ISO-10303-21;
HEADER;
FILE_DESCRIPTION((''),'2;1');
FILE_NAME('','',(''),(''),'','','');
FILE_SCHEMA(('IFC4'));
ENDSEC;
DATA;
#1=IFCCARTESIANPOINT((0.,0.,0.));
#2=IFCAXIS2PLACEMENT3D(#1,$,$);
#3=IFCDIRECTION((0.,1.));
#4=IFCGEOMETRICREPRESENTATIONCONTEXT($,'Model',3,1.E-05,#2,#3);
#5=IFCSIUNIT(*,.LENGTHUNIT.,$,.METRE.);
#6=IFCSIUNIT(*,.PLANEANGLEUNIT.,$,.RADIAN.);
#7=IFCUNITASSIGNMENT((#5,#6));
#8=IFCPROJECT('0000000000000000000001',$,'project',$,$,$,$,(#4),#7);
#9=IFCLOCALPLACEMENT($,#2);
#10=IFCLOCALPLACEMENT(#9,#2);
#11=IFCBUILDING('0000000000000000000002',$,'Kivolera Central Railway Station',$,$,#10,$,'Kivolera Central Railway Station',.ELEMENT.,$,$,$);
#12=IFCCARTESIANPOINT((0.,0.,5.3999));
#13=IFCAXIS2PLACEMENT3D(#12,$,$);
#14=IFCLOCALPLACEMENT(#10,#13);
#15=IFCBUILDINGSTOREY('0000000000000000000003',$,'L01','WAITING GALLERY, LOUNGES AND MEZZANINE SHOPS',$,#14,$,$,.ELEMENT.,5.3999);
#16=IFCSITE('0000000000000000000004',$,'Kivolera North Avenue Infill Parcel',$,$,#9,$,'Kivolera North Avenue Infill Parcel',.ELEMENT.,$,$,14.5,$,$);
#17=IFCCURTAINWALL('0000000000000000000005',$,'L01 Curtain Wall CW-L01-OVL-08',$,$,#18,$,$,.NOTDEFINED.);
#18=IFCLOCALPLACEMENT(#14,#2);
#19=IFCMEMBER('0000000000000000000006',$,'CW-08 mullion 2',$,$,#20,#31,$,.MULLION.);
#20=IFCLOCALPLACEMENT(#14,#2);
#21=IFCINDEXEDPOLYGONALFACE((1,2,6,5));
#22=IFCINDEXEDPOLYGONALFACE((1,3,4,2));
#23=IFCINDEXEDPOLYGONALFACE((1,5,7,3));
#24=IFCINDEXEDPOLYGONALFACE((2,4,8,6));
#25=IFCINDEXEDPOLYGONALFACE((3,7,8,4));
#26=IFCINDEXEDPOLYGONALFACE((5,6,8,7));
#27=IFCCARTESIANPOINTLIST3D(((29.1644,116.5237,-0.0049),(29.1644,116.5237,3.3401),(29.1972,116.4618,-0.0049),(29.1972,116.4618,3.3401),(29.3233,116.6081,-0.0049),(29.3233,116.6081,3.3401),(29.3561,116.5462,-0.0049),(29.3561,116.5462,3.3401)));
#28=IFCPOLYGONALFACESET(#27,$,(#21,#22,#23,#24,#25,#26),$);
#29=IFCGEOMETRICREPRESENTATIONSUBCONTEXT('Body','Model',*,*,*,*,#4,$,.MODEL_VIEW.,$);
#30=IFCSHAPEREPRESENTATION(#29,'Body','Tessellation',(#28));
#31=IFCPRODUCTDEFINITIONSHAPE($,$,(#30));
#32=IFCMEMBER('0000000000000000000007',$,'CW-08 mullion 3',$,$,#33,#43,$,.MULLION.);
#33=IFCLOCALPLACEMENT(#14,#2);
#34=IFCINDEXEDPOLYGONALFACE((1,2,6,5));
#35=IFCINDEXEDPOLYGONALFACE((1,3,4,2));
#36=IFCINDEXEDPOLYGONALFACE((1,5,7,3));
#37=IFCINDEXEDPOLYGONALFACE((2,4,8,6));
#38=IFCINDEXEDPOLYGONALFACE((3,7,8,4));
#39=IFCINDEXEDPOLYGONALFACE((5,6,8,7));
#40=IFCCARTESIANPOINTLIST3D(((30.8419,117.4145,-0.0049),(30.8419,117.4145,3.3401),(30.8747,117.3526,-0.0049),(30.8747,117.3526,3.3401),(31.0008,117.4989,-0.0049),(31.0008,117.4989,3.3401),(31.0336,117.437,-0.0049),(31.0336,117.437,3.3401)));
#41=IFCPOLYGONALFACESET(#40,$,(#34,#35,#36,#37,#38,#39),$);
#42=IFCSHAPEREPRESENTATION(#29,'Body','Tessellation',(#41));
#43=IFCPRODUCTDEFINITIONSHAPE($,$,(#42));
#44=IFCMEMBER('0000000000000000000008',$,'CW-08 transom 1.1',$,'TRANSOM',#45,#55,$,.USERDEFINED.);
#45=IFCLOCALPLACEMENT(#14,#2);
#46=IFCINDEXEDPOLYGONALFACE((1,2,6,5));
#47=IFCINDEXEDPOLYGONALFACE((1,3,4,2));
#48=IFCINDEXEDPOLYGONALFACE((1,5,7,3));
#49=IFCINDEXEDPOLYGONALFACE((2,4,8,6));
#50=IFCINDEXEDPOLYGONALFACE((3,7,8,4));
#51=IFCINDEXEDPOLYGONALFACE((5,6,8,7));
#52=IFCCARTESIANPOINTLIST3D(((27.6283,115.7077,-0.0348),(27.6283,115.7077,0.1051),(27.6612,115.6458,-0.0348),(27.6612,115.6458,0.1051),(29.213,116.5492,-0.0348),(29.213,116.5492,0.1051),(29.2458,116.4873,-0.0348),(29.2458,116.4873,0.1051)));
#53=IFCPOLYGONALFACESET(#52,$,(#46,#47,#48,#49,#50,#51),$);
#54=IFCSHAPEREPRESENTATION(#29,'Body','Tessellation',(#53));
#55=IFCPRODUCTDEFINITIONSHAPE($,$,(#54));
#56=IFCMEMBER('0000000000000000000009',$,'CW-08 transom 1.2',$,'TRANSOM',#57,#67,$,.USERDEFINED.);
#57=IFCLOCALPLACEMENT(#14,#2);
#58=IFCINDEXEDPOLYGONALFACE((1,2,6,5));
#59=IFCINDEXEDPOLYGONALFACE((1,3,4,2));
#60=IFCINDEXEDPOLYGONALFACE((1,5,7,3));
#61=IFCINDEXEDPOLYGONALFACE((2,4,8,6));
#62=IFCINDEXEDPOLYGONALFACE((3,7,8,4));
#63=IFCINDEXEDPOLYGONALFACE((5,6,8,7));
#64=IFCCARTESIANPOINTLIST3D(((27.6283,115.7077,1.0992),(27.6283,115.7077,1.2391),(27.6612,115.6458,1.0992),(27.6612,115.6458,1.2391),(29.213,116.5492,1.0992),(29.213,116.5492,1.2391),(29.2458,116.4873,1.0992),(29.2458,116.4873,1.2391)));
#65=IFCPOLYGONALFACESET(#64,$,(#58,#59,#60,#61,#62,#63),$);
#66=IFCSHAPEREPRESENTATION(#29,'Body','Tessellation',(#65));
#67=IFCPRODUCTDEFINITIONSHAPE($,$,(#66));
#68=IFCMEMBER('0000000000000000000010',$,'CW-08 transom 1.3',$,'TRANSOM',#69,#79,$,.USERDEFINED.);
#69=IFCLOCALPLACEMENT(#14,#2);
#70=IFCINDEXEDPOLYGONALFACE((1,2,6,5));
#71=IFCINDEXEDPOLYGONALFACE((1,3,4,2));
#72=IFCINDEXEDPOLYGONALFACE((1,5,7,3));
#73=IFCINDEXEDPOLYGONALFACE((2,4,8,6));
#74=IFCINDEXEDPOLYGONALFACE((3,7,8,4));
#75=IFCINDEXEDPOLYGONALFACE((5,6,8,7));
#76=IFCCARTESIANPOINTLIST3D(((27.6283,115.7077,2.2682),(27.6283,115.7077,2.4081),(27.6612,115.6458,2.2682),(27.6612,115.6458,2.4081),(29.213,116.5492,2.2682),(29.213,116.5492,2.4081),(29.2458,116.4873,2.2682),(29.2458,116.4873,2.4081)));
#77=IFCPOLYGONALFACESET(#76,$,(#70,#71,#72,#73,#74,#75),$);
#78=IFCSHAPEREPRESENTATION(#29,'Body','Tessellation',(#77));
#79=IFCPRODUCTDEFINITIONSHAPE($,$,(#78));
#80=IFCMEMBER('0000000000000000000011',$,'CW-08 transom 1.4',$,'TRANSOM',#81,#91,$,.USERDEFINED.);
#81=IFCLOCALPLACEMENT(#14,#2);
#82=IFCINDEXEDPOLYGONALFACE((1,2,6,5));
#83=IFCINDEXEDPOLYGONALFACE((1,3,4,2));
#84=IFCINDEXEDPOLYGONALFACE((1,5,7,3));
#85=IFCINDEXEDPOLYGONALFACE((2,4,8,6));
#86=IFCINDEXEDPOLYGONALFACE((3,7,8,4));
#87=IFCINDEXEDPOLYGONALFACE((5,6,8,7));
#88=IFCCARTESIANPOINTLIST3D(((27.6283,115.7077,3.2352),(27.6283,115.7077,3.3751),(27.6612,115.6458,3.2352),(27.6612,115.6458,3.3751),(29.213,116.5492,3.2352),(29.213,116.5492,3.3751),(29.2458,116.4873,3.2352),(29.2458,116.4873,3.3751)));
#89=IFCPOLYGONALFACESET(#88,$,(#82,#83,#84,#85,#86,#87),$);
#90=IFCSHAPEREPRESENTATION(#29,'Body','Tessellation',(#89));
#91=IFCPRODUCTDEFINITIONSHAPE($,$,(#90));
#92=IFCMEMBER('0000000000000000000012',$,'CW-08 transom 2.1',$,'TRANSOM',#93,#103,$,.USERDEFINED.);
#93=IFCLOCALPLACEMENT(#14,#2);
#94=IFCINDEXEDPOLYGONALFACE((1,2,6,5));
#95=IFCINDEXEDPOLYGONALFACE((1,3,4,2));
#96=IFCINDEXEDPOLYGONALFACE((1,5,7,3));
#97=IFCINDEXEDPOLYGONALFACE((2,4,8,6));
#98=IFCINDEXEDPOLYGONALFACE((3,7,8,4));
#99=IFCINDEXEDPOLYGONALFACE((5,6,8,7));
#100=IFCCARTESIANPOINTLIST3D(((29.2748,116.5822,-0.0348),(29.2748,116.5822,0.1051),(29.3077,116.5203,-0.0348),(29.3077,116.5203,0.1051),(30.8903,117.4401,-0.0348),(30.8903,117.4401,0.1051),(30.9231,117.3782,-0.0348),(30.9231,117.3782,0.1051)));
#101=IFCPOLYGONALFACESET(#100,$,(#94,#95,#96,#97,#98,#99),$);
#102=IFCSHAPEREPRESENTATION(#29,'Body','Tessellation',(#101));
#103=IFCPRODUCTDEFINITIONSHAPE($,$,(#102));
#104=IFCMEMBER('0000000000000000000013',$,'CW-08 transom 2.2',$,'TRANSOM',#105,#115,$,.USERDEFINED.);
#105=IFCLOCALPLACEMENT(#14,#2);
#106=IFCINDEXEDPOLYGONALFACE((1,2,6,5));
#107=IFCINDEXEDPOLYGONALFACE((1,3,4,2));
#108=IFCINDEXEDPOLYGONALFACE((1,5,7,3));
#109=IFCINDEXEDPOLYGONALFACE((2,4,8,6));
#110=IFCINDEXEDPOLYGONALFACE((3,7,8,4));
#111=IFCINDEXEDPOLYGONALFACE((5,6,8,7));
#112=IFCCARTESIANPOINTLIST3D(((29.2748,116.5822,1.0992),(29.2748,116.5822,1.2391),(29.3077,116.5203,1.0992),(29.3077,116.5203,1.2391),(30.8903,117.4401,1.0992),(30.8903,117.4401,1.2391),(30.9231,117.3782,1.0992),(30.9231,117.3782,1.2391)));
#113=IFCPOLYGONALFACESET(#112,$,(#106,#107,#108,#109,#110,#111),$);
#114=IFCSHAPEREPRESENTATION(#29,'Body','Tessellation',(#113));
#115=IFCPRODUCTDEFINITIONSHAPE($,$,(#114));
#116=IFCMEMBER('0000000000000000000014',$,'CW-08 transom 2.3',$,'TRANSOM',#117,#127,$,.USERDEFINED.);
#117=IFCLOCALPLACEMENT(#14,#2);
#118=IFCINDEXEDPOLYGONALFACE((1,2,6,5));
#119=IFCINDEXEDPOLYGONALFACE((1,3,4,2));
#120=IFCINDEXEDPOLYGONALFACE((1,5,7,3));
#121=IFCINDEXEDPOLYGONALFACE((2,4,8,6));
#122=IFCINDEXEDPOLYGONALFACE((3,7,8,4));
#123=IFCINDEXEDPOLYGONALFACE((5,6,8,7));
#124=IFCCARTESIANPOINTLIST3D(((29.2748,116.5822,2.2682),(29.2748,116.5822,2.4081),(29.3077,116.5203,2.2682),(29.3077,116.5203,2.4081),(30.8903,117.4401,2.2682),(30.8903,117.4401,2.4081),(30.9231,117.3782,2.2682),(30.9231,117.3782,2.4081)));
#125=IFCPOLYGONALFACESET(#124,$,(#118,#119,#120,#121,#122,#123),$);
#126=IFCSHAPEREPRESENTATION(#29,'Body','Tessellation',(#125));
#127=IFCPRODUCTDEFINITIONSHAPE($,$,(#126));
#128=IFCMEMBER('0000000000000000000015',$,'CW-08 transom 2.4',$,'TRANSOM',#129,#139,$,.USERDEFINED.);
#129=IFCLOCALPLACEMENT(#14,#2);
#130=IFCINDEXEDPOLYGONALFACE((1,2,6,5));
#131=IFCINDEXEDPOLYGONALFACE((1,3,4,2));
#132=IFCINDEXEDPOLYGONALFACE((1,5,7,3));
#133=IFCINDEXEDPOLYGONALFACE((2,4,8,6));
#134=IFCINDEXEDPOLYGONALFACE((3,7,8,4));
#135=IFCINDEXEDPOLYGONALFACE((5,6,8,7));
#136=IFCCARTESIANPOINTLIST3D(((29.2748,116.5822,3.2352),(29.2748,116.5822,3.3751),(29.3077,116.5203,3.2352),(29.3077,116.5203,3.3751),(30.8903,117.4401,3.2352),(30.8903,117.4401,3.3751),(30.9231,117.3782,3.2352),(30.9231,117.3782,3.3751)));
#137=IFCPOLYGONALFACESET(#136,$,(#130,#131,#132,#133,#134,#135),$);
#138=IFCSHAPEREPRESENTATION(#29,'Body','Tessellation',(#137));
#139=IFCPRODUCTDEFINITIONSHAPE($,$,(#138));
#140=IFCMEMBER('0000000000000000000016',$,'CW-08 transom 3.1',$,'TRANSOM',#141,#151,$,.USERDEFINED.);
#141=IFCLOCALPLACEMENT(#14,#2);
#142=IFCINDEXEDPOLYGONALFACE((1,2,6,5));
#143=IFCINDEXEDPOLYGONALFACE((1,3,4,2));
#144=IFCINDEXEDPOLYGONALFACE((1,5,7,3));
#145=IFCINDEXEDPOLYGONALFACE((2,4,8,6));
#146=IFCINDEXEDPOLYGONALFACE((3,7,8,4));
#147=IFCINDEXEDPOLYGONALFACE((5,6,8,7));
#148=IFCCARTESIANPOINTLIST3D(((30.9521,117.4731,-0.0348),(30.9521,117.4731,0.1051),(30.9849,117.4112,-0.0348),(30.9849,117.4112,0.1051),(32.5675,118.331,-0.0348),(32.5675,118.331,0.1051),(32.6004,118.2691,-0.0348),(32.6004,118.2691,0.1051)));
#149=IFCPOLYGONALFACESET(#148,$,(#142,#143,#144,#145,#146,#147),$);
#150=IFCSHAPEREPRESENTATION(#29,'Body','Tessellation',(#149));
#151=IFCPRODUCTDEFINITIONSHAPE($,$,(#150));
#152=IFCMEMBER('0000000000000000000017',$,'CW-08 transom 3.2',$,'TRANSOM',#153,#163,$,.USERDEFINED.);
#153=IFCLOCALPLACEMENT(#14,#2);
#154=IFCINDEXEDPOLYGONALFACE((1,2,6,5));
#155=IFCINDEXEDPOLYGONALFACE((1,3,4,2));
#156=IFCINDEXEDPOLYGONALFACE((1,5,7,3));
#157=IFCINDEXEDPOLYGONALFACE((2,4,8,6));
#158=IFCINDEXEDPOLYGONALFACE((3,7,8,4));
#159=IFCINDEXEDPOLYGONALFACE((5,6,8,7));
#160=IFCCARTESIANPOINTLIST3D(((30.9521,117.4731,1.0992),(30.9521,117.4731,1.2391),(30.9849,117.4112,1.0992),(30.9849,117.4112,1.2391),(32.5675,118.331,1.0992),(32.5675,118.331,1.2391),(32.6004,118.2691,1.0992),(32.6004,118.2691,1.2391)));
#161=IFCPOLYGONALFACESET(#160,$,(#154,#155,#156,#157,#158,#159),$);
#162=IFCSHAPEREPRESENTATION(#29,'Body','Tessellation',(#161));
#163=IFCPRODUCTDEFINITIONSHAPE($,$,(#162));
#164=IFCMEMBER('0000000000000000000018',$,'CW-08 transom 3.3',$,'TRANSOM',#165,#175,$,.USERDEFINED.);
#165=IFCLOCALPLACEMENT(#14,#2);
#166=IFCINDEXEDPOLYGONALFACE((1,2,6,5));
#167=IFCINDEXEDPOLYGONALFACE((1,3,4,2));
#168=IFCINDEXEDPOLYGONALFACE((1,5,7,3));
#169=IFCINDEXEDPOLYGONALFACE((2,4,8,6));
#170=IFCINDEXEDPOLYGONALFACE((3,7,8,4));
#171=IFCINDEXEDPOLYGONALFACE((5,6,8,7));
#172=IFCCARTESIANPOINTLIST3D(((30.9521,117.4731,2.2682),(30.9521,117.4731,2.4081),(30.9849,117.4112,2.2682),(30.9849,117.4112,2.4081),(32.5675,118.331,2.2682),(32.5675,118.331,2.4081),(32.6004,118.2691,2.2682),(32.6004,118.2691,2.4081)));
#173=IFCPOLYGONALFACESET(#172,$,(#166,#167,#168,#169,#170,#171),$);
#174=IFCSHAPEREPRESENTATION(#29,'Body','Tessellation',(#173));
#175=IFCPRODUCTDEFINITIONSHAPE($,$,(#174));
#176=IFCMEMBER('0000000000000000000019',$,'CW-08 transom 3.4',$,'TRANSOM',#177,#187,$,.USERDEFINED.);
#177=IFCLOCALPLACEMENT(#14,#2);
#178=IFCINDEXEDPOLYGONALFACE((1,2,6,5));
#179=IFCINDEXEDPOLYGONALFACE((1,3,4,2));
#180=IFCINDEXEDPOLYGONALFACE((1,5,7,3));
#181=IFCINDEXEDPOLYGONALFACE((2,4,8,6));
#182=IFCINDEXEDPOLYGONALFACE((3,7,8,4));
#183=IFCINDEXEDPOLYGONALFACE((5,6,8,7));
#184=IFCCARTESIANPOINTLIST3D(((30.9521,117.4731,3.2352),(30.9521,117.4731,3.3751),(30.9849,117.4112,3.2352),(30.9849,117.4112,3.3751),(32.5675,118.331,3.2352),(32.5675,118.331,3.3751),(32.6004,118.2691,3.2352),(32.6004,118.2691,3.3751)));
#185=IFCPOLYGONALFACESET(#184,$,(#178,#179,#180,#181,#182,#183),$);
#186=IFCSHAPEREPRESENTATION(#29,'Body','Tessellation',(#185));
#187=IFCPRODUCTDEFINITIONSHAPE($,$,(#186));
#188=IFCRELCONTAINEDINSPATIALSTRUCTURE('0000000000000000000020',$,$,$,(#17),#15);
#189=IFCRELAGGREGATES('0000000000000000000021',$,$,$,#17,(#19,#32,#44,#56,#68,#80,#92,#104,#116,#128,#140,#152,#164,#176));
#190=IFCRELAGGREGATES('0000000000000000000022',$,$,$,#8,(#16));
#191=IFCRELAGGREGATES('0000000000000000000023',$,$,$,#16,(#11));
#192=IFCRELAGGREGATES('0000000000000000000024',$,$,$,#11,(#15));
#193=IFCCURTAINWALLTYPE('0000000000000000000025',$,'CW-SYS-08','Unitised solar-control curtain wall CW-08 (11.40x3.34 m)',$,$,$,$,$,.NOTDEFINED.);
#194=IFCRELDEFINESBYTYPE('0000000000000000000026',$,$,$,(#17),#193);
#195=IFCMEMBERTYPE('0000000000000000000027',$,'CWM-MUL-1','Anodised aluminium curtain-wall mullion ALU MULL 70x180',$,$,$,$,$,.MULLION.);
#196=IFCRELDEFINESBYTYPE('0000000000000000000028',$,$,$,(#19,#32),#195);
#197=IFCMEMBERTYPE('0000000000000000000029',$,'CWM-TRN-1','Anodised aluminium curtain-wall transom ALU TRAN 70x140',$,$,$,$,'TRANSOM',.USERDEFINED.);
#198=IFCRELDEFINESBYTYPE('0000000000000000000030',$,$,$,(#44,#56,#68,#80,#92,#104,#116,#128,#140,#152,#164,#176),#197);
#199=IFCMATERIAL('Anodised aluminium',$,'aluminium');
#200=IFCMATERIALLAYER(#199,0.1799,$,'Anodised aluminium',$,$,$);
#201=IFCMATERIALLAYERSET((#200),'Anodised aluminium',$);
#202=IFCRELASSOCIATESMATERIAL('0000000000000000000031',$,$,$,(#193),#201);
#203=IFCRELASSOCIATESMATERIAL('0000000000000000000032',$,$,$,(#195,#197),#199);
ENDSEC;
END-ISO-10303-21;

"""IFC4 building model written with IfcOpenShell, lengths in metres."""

from ifc_helpers import new_model, si_unit, direction, frame, origin, origin_2d, place, context, subcontext, project, spatial, rectangle, extrude, material, layer, layer_set, material_profile, profile_set, type_object, element, aggregate, save


model = new_model("IFC4")

# Units and contexts
model_context = context("Model", 3, precision=1e-05, world=origin(), true_north=direction((0.0, 1.0)))
body_context = subcontext(model_context, "Body", "Model", "MODEL_VIEW")
ifc_project = project(units=[si_unit("LENGTHUNIT", "METRE"), si_unit("PLANEANGLEUNIT", "RADIAN")], contexts=[model_context])

# Site, building, storey
site_placement = place(None, origin())
site = spatial("IfcSite", under=ifc_project, at=site_placement, Name="Kivolera North Avenue Infill Parcel", LongName="Kivolera North Avenue Infill Parcel", CompositionType="ELEMENT", RefElevation=14.5)
building_placement = place(site_placement, origin())
building = spatial("IfcBuilding", under=site, at=building_placement, Name="Kivolera Central Railway Station", LongName="Kivolera Central Railway Station", CompositionType="ELEMENT")
storey_placement = place(building_placement, frame((0.0, 0.0, 5.3999)))
storey = spatial("IfcBuildingStorey", under=building, at=storey_placement, Name="L01", Description="WAITING GALLERY, LOUNGES AND MEZZANINE SHOPS", CompositionType="ELEMENT", Elevation=5.3999)

# Curtain wall, members
ifc_material_1 = material(Name="Anodised aluminium", Category="aluminium")
ifc_layer_1 = layer(ifc_material_1, 0.1799, Name="Anodised aluminium")
ifc_layer_set_1 = layer_set([ifc_layer_1], Name="Anodised aluminium")
curtain_wall_type = type_object("IfcCurtainWallType", Name="CW-SYS-08", Description="Unitised solar-control curtain wall CW-08 (11.40x3.34 m)", PredefinedType="NOTDEFINED", material=ifc_layer_set_1)
curtain_wall_placement = place(storey_placement, origin())
curtain_wall = element("IfcCurtainWall", 1, at=curtain_wall_placement, inside=storey, type_object=curtain_wall_type, Name="L01 Curtain Wall CW-L01-OVL-08", PredefinedType="NOTDEFINED")
ifc_material_profile_1 = material_profile(ifc_material_1, rectangle(XDim=0.0701, YDim=0.1799, at=origin_2d()), Name="ALU MULL 70x180")
ifc_profile_set_1 = profile_set([ifc_material_profile_1], Name="Anodised aluminium")
member_type_1 = type_object("IfcMemberType", Name="CWM-MUL-1", Description="Anodised aluminium curtain-wall mullion ALU MULL 70x180", PredefinedType="MULLION", material=ifc_profile_set_1)
member_1_placement = place(storey_placement, frame((29.2603, 116.5349, -0.0049), z_axis=(0.0, 0.0, 1.0), x_axis=(-0.469053, 0.88317, 0.0)))
member_1 = element("IfcMember", 2, at=member_1_placement, type_object=member_type_1, Name="CW-08 mullion 2", PredefinedType="MULLION", context=body_context, shape_type="SweptSolid", body=[
    extrude(rectangle(XDim=0.0701, YDim=0.1799, at=origin_2d()), origin(), (0.0, 0.0, 1.0), 3.345),
])
member_2_placement = place(storey_placement, frame((30.9377, 117.4258, -0.0049), z_axis=(0.0, 0.0, 1.0), x_axis=(-0.469053, 0.88317, 0.0)))
member_2 = element("IfcMember", 3, at=member_2_placement, type_object=member_type_1, Name="CW-08 mullion 3", PredefinedType="MULLION", context=body_context, shape_type="SweptSolid", body=[
    extrude(rectangle(XDim=0.0701, YDim=0.1799, at=origin_2d()), origin(), (0.0, 0.0, 1.0), 3.345),
])
ifc_material_profile_2 = material_profile(ifc_material_1, rectangle(XDim=0.0701, YDim=0.1399, at=origin_2d()), Name="ALU TRAN 70x140")
ifc_profile_set_2 = profile_set([ifc_material_profile_2], Name="Anodised aluminium")
member_type_2 = type_object("IfcMemberType", Name="CWM-TRN-1", Description="Anodised aluminium curtain-wall transom ALU TRAN 70x140", ElementType="TRANSOM", PredefinedType="USERDEFINED", material=ifc_profile_set_2)
member_3_placement = place(storey_placement, frame((27.6448, 115.6768, 0.0352), z_axis=(0.883191, 0.469013, 0.0), x_axis=(-0.469013, 0.883191, 0.0)))
member_3 = element("IfcMember", 4, at=member_3_placement, type_object=member_type_2, Name="CW-08 transom 1.1", ObjectType="TRANSOM", PredefinedType="USERDEFINED", context=body_context, shape_type="SweptSolid", body=[
    extrude(rectangle(XDim=0.0701, YDim=0.1399, at=origin_2d()), origin(), (0.0, 0.0, 1.0), 1.7942),
])
member_4_placement = place(storey_placement, frame((27.6448, 115.6768, 1.1692), z_axis=(0.883191, 0.469013, 0.0), x_axis=(-0.469013, 0.883191, 0.0)))
member_4 = element("IfcMember", 5, at=member_4_placement, type_object=member_type_2, Name="CW-08 transom 1.2", ObjectType="TRANSOM", PredefinedType="USERDEFINED", context=body_context, shape_type="SweptSolid", body=[
    extrude(rectangle(XDim=0.0701, YDim=0.1399, at=origin_2d()), origin(), (0.0, 0.0, 1.0), 1.7942),
])
member_5_placement = place(storey_placement, frame((27.6448, 115.6768, 2.3381), z_axis=(0.883191, 0.469013, 0.0), x_axis=(-0.469013, 0.883191, 0.0)))
member_5 = element("IfcMember", 6, at=member_5_placement, type_object=member_type_2, Name="CW-08 transom 1.3", ObjectType="TRANSOM", PredefinedType="USERDEFINED", context=body_context, shape_type="SweptSolid", body=[
    extrude(rectangle(XDim=0.0701, YDim=0.1399, at=origin_2d()), origin(), (0.0, 0.0, 1.0), 1.7942),
])
member_6_placement = place(storey_placement, frame((27.6448, 115.6768, 3.3052), z_axis=(0.883191, 0.469013, 0.0), x_axis=(-0.469013, 0.883191, 0.0)))
member_6 = element("IfcMember", 7, at=member_6_placement, type_object=member_type_2, Name="CW-08 transom 1.4", ObjectType="TRANSOM", PredefinedType="USERDEFINED", context=body_context, shape_type="SweptSolid", body=[
    extrude(rectangle(XDim=0.0701, YDim=0.1399, at=origin_2d()), origin(), (0.0, 0.0, 1.0), 1.7942),
])
member_7_placement = place(storey_placement, frame((29.2913, 116.5513, 0.0352), z_axis=(0.883187, 0.469022, 0.0), x_axis=(-0.469022, 0.883187, 0.0)))
member_7 = element("IfcMember", 8, at=member_7_placement, type_object=member_type_2, Name="CW-08 transom 2.1", ObjectType="TRANSOM", PredefinedType="USERDEFINED", context=body_context, shape_type="SweptSolid", body=[
    extrude(rectangle(XDim=0.0701, YDim=0.1399, at=origin_2d()), origin(), (0.0, 0.0, 1.0), 1.8291),
])
member_8_placement = place(storey_placement, frame((29.2913, 116.5513, 1.1692), z_axis=(0.883187, 0.469022, 0.0), x_axis=(-0.469022, 0.883187, 0.0)))
member_8 = element("IfcMember", 9, at=member_8_placement, type_object=member_type_2, Name="CW-08 transom 2.2", ObjectType="TRANSOM", PredefinedType="USERDEFINED", context=body_context, shape_type="SweptSolid", body=[
    extrude(rectangle(XDim=0.0701, YDim=0.1399, at=origin_2d()), origin(), (0.0, 0.0, 1.0), 1.8291),
])
member_9_placement = place(storey_placement, frame((29.2913, 116.5513, 2.3381), z_axis=(0.883187, 0.469022, 0.0), x_axis=(-0.469022, 0.883187, 0.0)))
member_9 = element("IfcMember", 10, at=member_9_placement, type_object=member_type_2, Name="CW-08 transom 2.3", ObjectType="TRANSOM", PredefinedType="USERDEFINED", context=body_context, shape_type="SweptSolid", body=[
    extrude(rectangle(XDim=0.0701, YDim=0.1399, at=origin_2d()), origin(), (0.0, 0.0, 1.0), 1.8291),
])
member_10_placement = place(storey_placement, frame((29.2913, 116.5513, 3.3052), z_axis=(0.883187, 0.469022, 0.0), x_axis=(-0.469022, 0.883187, 0.0)))
member_10 = element("IfcMember", 11, at=member_10_placement, type_object=member_type_2, Name="CW-08 transom 2.4", ObjectType="TRANSOM", PredefinedType="USERDEFINED", context=body_context, shape_type="SweptSolid", body=[
    extrude(rectangle(XDim=0.0701, YDim=0.1399, at=origin_2d()), origin(), (0.0, 0.0, 1.0), 1.8291),
])
member_11_placement = place(storey_placement, frame((30.9685, 117.4421, 0.0352), z_axis=(0.883187, 0.469022, 0.0), x_axis=(-0.469022, 0.883187, 0.0)))
member_11 = element("IfcMember", 12, at=member_11_placement, type_object=member_type_2, Name="CW-08 transom 3.1", ObjectType="TRANSOM", PredefinedType="USERDEFINED", context=body_context, shape_type="SweptSolid", body=[
    extrude(rectangle(XDim=0.0701, YDim=0.1399, at=origin_2d()), origin(), (0.0, 0.0, 1.0), 1.8291),
])
member_12_placement = place(storey_placement, frame((30.9685, 117.4421, 1.1692), z_axis=(0.883187, 0.469022, 0.0), x_axis=(-0.469022, 0.883187, 0.0)))
member_12 = element("IfcMember", 13, at=member_12_placement, type_object=member_type_2, Name="CW-08 transom 3.2", ObjectType="TRANSOM", PredefinedType="USERDEFINED", context=body_context, shape_type="SweptSolid", body=[
    extrude(rectangle(XDim=0.0701, YDim=0.1399, at=origin_2d()), origin(), (0.0, 0.0, 1.0), 1.8291),
])
member_13_placement = place(storey_placement, frame((30.9685, 117.4421, 2.3381), z_axis=(0.883187, 0.469022, 0.0), x_axis=(-0.469022, 0.883187, 0.0)))
member_13 = element("IfcMember", 14, at=member_13_placement, type_object=member_type_2, Name="CW-08 transom 3.3", ObjectType="TRANSOM", PredefinedType="USERDEFINED", context=body_context, shape_type="SweptSolid", body=[
    extrude(rectangle(XDim=0.0701, YDim=0.1399, at=origin_2d()), origin(), (0.0, 0.0, 1.0), 1.8291),
])
member_14_placement = place(storey_placement, frame((30.9685, 117.4421, 3.3052), z_axis=(0.883187, 0.469022, 0.0), x_axis=(-0.469022, 0.883187, 0.0)))
member_14 = element("IfcMember", 15, at=member_14_placement, type_object=member_type_2, Name="CW-08 transom 3.4", ObjectType="TRANSOM", PredefinedType="USERDEFINED", context=body_context, shape_type="SweptSolid", body=[
    extrude(rectangle(XDim=0.0701, YDim=0.1399, at=origin_2d()), origin(), (0.0, 0.0, 1.0), 1.8291),
])
aggregate(curtain_wall, [member_1, member_2, member_3, member_4, member_5, member_6, member_7, member_8, member_9, member_10, member_11, member_12, member_13, member_14])

save(model, "model.ifc")
